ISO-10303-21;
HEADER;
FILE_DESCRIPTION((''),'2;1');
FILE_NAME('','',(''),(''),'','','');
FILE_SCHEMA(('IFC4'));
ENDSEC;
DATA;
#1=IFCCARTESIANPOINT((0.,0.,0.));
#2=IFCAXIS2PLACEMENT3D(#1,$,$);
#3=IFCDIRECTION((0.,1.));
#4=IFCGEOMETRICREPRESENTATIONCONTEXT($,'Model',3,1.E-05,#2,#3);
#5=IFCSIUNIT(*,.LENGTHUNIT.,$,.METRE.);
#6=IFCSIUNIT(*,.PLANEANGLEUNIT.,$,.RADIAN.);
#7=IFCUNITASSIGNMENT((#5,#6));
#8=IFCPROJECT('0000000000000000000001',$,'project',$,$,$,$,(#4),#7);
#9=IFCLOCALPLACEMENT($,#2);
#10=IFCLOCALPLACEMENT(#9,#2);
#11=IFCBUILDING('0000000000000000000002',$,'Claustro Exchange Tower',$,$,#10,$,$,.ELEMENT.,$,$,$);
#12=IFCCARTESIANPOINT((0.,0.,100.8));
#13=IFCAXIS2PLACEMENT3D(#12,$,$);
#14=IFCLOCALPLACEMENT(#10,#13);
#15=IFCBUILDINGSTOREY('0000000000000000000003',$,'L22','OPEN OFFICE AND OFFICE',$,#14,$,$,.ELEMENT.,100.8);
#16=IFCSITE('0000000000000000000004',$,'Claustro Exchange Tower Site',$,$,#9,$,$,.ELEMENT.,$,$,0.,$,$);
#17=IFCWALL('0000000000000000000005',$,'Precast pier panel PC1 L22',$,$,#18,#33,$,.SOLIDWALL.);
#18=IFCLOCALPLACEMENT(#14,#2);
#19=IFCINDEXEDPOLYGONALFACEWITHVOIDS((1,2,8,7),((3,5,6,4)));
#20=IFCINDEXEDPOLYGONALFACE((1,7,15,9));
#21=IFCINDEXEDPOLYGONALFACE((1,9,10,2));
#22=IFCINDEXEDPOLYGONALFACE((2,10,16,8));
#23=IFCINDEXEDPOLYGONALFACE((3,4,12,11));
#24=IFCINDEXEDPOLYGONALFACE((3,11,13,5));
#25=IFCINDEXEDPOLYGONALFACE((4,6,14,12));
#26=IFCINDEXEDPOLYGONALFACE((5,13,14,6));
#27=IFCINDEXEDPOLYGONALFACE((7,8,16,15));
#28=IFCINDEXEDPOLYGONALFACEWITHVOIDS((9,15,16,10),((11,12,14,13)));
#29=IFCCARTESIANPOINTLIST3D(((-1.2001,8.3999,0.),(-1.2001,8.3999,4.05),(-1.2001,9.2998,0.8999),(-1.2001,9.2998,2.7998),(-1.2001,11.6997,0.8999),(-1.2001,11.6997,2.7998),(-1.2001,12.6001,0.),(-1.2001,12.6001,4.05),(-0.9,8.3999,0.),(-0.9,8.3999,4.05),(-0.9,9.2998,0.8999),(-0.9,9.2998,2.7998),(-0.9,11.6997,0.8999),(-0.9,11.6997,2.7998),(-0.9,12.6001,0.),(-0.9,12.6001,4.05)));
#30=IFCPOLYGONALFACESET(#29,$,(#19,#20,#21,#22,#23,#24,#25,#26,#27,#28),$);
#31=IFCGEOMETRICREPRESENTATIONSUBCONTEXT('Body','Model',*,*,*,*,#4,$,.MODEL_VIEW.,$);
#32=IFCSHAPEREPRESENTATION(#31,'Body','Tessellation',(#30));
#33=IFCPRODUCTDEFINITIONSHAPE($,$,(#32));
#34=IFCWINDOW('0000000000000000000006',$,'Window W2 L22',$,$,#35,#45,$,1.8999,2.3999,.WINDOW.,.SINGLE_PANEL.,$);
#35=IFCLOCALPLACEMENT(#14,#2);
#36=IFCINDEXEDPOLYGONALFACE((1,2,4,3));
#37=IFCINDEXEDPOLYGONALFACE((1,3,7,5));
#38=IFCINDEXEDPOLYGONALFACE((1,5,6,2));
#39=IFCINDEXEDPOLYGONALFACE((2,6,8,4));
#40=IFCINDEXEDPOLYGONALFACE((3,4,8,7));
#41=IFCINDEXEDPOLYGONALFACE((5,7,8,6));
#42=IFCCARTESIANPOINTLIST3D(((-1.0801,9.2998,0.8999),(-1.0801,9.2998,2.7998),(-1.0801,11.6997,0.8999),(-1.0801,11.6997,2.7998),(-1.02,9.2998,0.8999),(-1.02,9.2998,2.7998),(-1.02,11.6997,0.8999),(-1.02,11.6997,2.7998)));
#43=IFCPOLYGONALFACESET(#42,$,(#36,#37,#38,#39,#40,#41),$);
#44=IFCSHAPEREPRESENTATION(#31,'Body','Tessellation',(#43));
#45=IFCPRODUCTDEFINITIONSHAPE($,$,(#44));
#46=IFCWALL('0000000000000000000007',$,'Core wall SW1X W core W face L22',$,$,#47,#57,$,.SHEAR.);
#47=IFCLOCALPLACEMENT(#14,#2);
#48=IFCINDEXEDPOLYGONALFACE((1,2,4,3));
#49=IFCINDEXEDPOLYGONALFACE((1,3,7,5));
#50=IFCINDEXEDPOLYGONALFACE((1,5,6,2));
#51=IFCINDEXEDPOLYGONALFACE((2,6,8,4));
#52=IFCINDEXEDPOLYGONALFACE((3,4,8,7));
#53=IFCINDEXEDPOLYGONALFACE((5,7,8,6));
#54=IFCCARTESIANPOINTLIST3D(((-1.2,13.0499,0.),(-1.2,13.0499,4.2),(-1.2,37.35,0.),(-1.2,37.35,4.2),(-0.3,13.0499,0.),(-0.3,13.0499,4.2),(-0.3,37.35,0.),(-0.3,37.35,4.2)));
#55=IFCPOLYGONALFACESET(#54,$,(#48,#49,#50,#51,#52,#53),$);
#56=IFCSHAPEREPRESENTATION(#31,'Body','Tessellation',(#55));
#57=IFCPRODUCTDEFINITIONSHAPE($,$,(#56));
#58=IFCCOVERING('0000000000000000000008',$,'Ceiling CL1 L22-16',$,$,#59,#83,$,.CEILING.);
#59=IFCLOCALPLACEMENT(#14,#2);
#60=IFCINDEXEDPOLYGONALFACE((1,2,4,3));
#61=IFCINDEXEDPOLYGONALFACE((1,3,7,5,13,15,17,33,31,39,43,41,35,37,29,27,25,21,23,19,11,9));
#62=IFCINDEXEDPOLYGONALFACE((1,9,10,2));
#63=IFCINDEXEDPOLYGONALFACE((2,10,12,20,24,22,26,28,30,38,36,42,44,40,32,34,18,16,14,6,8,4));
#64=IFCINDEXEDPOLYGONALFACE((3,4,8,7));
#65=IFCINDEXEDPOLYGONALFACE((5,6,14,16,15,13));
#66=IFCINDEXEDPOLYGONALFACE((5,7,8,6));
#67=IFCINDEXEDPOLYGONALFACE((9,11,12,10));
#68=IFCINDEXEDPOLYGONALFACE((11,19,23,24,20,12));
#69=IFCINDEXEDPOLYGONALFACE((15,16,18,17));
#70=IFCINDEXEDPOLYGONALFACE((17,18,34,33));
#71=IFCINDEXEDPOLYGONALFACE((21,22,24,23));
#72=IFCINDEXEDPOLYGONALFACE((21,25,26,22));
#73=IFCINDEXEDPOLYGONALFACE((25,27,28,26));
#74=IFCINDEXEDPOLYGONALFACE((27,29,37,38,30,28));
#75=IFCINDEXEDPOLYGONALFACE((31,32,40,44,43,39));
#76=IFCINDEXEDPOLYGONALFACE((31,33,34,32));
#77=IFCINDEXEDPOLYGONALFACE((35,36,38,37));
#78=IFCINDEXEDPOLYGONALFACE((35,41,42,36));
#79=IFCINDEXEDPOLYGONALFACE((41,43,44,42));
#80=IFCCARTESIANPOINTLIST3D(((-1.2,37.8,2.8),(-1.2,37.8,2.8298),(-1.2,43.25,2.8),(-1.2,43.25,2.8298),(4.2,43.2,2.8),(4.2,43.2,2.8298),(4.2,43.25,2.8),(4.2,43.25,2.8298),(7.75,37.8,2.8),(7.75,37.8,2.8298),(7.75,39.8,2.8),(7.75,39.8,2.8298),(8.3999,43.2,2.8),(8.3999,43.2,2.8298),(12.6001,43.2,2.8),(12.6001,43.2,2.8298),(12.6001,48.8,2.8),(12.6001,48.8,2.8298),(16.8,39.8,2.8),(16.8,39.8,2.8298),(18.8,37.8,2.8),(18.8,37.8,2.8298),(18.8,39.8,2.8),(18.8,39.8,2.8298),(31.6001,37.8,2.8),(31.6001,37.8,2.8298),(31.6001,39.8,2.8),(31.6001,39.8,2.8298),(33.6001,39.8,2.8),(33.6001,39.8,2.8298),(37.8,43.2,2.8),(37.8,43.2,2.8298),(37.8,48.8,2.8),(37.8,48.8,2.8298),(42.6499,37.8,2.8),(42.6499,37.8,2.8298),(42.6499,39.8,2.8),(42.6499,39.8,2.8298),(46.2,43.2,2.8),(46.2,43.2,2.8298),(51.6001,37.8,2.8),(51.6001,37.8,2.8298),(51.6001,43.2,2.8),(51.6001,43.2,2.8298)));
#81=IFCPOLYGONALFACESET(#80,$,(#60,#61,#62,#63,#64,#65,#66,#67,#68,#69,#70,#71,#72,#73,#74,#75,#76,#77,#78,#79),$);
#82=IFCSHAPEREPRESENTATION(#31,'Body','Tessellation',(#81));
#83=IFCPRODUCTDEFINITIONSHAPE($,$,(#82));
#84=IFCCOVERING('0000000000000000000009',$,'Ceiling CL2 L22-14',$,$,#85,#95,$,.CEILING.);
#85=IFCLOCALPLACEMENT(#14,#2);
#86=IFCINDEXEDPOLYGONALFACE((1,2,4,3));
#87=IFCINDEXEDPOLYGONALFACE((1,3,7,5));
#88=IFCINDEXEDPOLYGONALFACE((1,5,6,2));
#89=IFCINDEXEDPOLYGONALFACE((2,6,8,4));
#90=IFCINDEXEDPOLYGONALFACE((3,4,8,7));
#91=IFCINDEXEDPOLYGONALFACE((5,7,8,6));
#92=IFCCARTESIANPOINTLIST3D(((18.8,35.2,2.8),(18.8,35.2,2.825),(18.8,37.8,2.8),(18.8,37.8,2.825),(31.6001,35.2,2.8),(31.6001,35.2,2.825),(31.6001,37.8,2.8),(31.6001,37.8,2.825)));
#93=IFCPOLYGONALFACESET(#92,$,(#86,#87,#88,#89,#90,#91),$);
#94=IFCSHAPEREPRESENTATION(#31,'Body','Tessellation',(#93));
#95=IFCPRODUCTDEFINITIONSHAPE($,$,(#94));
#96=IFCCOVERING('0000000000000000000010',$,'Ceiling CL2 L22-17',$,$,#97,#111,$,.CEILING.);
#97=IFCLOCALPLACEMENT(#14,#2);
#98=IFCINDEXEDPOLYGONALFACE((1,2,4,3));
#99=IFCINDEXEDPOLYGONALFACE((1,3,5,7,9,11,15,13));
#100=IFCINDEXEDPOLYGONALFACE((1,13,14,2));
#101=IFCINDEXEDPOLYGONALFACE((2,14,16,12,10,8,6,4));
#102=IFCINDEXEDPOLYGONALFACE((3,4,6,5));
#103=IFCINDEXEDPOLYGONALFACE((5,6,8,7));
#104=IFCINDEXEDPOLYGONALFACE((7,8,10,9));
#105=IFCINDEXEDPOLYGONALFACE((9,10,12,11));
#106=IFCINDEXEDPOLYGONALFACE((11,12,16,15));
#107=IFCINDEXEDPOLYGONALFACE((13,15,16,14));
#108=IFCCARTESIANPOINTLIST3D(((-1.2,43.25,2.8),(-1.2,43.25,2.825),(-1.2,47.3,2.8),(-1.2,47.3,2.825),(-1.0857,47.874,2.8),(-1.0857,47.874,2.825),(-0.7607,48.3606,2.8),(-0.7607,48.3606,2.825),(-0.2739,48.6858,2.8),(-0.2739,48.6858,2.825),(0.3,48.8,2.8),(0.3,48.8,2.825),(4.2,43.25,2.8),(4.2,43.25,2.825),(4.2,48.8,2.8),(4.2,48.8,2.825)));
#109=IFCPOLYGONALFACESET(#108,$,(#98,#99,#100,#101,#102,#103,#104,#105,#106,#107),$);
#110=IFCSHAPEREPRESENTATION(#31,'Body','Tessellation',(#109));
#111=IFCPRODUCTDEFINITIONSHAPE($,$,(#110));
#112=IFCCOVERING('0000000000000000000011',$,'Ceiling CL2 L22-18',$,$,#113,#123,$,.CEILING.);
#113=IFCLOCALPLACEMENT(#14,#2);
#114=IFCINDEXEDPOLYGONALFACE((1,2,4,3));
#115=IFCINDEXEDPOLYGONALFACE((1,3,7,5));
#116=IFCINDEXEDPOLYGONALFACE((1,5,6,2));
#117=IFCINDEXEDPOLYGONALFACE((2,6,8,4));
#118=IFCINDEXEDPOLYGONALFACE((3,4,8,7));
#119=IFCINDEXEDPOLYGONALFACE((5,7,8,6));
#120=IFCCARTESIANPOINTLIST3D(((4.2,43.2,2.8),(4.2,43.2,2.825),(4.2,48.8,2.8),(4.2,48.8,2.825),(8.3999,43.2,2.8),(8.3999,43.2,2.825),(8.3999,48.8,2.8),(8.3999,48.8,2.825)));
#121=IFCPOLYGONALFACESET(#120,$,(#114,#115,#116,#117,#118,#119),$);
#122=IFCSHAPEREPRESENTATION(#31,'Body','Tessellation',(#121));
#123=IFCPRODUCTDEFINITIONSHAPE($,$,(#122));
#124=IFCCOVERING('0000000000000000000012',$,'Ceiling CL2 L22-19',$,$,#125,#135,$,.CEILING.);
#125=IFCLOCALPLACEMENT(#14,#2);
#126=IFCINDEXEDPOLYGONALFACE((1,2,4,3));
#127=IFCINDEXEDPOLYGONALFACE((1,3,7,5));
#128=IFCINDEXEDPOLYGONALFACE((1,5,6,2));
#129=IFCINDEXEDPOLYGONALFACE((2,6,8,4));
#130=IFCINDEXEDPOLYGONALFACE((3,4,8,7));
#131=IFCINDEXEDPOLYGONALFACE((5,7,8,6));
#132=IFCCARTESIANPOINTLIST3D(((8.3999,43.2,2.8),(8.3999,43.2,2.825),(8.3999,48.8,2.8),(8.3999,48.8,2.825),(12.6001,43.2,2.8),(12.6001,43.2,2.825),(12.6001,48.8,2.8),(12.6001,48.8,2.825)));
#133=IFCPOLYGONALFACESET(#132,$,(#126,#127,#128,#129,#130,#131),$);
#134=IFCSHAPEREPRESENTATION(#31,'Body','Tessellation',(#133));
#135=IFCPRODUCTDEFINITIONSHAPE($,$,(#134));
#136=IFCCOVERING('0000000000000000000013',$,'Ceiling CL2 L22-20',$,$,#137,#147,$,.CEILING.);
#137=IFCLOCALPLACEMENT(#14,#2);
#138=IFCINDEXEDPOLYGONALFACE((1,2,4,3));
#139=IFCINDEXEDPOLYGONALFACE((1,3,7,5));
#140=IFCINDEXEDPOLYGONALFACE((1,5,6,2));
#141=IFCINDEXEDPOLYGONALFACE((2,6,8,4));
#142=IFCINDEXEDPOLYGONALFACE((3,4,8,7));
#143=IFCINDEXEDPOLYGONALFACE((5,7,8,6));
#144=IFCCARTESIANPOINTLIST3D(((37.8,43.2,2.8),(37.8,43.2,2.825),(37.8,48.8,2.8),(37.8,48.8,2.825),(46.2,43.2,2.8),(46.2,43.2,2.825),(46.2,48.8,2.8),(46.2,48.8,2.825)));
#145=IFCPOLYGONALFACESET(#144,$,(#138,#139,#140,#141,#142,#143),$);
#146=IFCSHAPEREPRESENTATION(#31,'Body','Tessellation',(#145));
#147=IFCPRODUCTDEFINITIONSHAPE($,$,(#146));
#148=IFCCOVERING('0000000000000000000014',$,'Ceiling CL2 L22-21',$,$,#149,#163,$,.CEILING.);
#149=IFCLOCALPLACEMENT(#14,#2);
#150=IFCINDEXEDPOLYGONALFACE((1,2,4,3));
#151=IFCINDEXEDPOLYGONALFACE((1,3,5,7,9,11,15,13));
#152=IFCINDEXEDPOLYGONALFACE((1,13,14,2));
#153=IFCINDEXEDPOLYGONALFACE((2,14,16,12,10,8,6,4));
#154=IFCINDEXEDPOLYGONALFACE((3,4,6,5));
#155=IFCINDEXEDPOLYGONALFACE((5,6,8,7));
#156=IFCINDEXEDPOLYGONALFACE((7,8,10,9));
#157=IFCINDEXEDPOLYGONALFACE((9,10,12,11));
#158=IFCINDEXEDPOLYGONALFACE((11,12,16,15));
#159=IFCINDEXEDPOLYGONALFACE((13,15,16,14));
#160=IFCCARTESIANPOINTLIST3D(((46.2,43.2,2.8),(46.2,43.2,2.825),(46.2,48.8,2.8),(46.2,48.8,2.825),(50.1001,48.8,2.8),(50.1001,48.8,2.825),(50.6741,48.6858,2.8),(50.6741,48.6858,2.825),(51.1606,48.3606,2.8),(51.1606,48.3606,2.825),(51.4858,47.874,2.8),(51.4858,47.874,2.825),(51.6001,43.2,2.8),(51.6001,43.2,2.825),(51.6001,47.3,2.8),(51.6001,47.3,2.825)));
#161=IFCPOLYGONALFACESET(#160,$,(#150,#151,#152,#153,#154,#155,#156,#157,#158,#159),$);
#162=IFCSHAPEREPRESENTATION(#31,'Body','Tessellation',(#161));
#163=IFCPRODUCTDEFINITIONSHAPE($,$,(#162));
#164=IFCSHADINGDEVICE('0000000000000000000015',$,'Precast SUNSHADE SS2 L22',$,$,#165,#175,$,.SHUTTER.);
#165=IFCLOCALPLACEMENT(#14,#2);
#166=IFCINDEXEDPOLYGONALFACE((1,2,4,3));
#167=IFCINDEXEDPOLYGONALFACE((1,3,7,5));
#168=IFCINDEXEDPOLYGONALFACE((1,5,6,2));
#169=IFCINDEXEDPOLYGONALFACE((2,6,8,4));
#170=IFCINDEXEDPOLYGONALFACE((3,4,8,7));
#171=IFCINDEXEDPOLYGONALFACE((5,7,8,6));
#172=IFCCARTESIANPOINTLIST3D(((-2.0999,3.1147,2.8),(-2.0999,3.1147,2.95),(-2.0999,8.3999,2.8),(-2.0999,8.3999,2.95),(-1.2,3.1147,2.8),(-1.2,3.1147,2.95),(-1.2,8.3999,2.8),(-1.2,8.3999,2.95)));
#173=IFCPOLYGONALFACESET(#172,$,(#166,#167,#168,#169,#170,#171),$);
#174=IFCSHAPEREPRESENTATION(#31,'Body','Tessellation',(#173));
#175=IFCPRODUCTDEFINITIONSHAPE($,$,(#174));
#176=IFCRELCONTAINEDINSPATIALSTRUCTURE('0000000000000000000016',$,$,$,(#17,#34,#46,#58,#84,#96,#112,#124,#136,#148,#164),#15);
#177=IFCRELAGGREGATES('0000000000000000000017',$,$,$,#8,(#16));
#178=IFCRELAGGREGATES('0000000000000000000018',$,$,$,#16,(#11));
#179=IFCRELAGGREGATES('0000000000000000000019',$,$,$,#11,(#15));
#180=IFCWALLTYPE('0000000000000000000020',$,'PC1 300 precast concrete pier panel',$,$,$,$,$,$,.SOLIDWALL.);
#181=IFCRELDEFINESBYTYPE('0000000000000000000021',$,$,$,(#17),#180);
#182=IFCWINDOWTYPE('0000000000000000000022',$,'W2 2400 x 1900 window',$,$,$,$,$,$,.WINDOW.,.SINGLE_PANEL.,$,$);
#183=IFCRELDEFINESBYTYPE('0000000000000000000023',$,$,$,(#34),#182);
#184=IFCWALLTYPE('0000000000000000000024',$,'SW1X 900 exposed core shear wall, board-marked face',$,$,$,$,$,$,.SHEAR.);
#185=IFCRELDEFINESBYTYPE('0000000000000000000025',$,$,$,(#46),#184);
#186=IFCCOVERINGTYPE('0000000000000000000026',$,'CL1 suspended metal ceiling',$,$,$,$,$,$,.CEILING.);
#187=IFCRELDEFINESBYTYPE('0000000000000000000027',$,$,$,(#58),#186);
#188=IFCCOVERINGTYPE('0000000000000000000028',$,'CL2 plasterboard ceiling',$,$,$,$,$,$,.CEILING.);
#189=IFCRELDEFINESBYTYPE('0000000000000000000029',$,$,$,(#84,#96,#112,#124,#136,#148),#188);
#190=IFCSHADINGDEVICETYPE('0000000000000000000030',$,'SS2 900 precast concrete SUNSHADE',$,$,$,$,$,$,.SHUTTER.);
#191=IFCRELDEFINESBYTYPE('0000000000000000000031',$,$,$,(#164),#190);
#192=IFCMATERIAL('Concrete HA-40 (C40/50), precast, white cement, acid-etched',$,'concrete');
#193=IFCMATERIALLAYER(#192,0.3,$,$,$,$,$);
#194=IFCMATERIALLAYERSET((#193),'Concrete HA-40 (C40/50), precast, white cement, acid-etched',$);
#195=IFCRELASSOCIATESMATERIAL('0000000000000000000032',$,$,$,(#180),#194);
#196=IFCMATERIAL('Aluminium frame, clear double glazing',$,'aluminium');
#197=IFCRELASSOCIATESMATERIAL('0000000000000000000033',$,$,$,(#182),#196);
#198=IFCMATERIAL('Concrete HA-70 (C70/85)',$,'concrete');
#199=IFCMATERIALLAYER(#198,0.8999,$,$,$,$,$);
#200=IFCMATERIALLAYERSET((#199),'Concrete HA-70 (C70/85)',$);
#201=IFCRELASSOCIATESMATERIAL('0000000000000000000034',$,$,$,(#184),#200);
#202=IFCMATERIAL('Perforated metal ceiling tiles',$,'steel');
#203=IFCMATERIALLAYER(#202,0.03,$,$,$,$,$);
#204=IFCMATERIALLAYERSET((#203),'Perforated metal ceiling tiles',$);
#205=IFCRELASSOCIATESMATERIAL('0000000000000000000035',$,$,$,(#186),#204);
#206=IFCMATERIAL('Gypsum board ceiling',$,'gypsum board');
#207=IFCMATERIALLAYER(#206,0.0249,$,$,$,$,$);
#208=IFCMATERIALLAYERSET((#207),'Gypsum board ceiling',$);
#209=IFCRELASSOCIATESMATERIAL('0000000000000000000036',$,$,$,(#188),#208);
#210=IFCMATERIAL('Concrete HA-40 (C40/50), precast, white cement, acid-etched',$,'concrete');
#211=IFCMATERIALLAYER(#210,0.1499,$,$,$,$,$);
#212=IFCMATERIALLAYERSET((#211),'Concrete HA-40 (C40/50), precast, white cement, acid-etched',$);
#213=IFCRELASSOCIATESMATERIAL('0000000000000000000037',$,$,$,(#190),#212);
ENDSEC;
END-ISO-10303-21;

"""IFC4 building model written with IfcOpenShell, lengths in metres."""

from ifc_helpers import new_model, si_unit, direction, frame, frame_2d, origin, origin_2d, place, context, subcontext, project, spatial, polyline, rectangle, outline, extrude, material, layer, layer_set, type_object, element, fill, save


model = new_model("IFC4")

# Units and contexts
model_context = context("Model", 3, precision=1e-05, world=origin(), true_north=direction((0.0, 1.0)))
body_context = subcontext(model_context, "Body", "Model", "MODEL_VIEW")
ifc_project = project(units=[si_unit("LENGTHUNIT", "METRE"), si_unit("PLANEANGLEUNIT", "RADIAN")], contexts=[model_context])

# Site, building, storey
site_placement = place(None, origin())
site = spatial("IfcSite", under=ifc_project, at=site_placement, Name="Claustro Exchange Tower Site", CompositionType="ELEMENT", RefElevation=0.0)
building_placement = place(site_placement, origin())
building = spatial("IfcBuilding", under=site, at=building_placement, Name="Claustro Exchange Tower", CompositionType="ELEMENT")
storey_placement = place(building_placement, frame((0.0, 0.0, 100.8)))
storey = spatial("IfcBuildingStorey", under=building, at=storey_placement, Name="L22", Description="OPEN OFFICE AND OFFICE", CompositionType="ELEMENT", Elevation=100.8)

# Shared definitions
ifc_material_1 = material(Name="Concrete HA-40 (C40/50), precast, white cement, acid-etched", Category="concrete")
ifc_layer_1 = layer(ifc_material_1, 0.3)
ifc_layer_set_1 = layer_set([ifc_layer_1], Name="Concrete HA-40 (C40/50), precast, white cement, acid-etched")
wall_type_1 = type_object("IfcWallType", Name="PC1 300 precast concrete pier panel", PredefinedType="SOLIDWALL", material=ifc_layer_set_1)

# Wall, opening, window
ifc_material_2 = material(Name="Aluminium frame, clear double glazing", Category="aluminium")
window_type = type_object("IfcWindowType", Name="W2 2400 x 1900 window", PartitioningType="SINGLE_PANEL", PredefinedType="WINDOW", material=ifc_material_2)
wall_1_placement = place(storey_placement, frame((-1.05, 8.3999, 0.0), z_axis=(0.0, 0.0, 1.0), x_axis=(0.0, 1.0, 0.0)))
wall_1 = element("IfcWall", 1, at=wall_1_placement, inside=storey, type_object=wall_type_1, Name="Precast pier panel PC1 L22", PredefinedType="SOLIDWALL", context=body_context, shape_type="SweptSolid", body=[
    extrude(rectangle(XDim=4.2002, YDim=0.3, at=frame_2d((2.1001, 0.0))), origin(), (0.0, 0.0, 1.0), 4.05),
])
opening_1_placement = place(wall_1_placement, frame((0.8999, 0.0, 0.8999)))
opening_1 = element("IfcOpeningElement", 2, at=opening_1_placement, cuts=wall_1, PredefinedType="OPENING", context=body_context, shape_type="SweptSolid", body=[
    extrude(rectangle(XDim=2.3999, YDim=1.8999, at=frame_2d((1.2, 0.95))), frame((0.0, 0.1599, 0.0), z_axis=(0.0, -1.0, 0.0), x_axis=(1.0, 0.0, 0.0)), (0.0, 0.0, 1.0), 0.3201),
])
window_1_placement = place(opening_1_placement, origin())
window_1 = element("IfcWindow", 3, at=window_1_placement, inside=storey, type_object=window_type, Name="Window W2 L22", OverallHeight=1.8999, OverallWidth=2.3999, PartitioningType="SINGLE_PANEL", PredefinedType="WINDOW", context=body_context, shape_type="SweptSolid", body=[
    extrude(rectangle(XDim=2.3999, YDim=1.8999, at=frame_2d((1.2, 0.95))), frame((0.0, 0.03, 0.0), z_axis=(0.0, -1.0, 0.0), x_axis=(1.0, 0.0, 0.0)), (0.0, 0.0, 1.0), 0.0601),
])
fill(opening_1, window_1)

# Wall
ifc_material_3 = material(Name="Concrete HA-70 (C70/85)", Category="concrete")
ifc_layer_2 = layer(ifc_material_3, 0.8999)
ifc_layer_set_2 = layer_set([ifc_layer_2], Name="Concrete HA-70 (C70/85)")
wall_type_2 = type_object("IfcWallType", Name="SW1X 900 exposed core shear wall, board-marked face", PredefinedType="SHEAR", material=ifc_layer_set_2)
wall_2_placement = place(storey_placement, frame((-0.75, 13.05, 0.0), z_axis=(0.0, 0.0, 1.0), x_axis=(0.0, 1.0, 0.0)))
element("IfcWall", 4, at=wall_2_placement, inside=storey, type_object=wall_type_2, Name="Core wall SW1X W core W face L22", PredefinedType="SHEAR", context=body_context, shape_type="SweptSolid", body=[
    extrude(rectangle(XDim=24.3, YDim=0.8999, at=frame_2d((12.1499, 0.0))), origin(), (0.0, 0.0, 1.0), 4.2),
])

# Coverings
ifc_material_4 = material(Name="Perforated metal ceiling tiles", Category="steel")
ifc_layer_3 = layer(ifc_material_4, 0.03)
ifc_layer_set_3 = layer_set([ifc_layer_3], Name="Perforated metal ceiling tiles")
covering_type_1 = type_object("IfcCoveringType", Name="CL1 suspended metal ceiling", PredefinedType="CEILING", material=ifc_layer_set_3)
covering_1_placement = place(storey_placement, frame((0.0, 0.0, 2.8)))
element("IfcCovering", 5, at=covering_1_placement, inside=storey, type_object=covering_type_1, Name="Ceiling CL1 L22-16", PredefinedType="CEILING", context=body_context, shape_type="SweptSolid", body=[
    extrude(outline(polyline([(-1.2, 43.25), (-1.2, 37.8), (7.75, 37.8), (7.75, 39.8), (16.8, 39.8), (18.8, 39.8), (18.8, 37.8), (31.6001, 37.8), (31.6001, 39.8), (33.6001, 39.8), (42.6499, 39.8), (42.6499, 37.8), (51.6001, 37.8), (51.6001, 43.2), (46.2, 43.2), (37.8, 43.2), (37.8, 48.8), (12.6001, 48.8), (12.6001, 43.2), (8.3999, 43.2), (4.2, 43.2), (4.2, 43.25), (-1.2, 43.25)])), origin(), (0.0, 0.0, 1.0), 0.0298),
])
ifc_material_5 = material(Name="Gypsum board ceiling", Category="gypsum board")
ifc_layer_4 = layer(ifc_material_5, 0.0249)
ifc_layer_set_4 = layer_set([ifc_layer_4], Name="Gypsum board ceiling")
covering_type_2 = type_object("IfcCoveringType", Name="CL2 plasterboard ceiling", PredefinedType="CEILING", material=ifc_layer_set_4)
covering_2_placement = place(storey_placement, frame((0.0, 0.0, 2.8)))
element("IfcCovering", 6, at=covering_2_placement, inside=storey, type_object=covering_type_2, Name="Ceiling CL2 L22-14", PredefinedType="CEILING", context=body_context, shape_type="SweptSolid", body=[
    extrude(outline(polyline([(18.8, 35.2), (31.6001, 35.2), (31.6001, 37.8), (18.8, 37.8), (18.8, 35.2)])), origin(), (0.0, 0.0, 1.0), 0.0249),
])
covering_3_placement = place(storey_placement, frame((0.0, 0.0, 2.8)))
element("IfcCovering", 7, at=covering_3_placement, inside=storey, type_object=covering_type_2, Name="Ceiling CL2 L22-17", PredefinedType="CEILING", context=body_context, shape_type="SweptSolid", body=[
    extrude(outline(polyline([(-1.2, 47.3), (-1.2, 43.25), (4.2, 43.25), (4.2, 48.8), (0.3, 48.8), (-0.2739, 48.6858), (-0.7607, 48.3606), (-1.0857, 47.874), (-1.2, 47.3)])), origin(), (0.0, 0.0, 1.0), 0.0249),
])
covering_4_placement = place(storey_placement, frame((0.0, 0.0, 2.8)))
element("IfcCovering", 8, at=covering_4_placement, inside=storey, type_object=covering_type_2, Name="Ceiling CL2 L22-18", PredefinedType="CEILING", context=body_context, shape_type="SweptSolid", body=[
    extrude(outline(polyline([(8.3999, 48.8), (4.2, 48.8), (4.2, 43.2), (8.3999, 43.2), (8.3999, 48.8)])), origin(), (0.0, 0.0, 1.0), 0.0249),
])
covering_5_placement = place(storey_placement, frame((0.0, 0.0, 2.8)))
element("IfcCovering", 9, at=covering_5_placement, inside=storey, type_object=covering_type_2, Name="Ceiling CL2 L22-19", PredefinedType="CEILING", context=body_context, shape_type="SweptSolid", body=[
    extrude(outline(polyline([(12.6001, 48.8), (8.3999, 48.8), (8.3999, 43.2), (12.6001, 43.2), (12.6001, 48.8)])), origin(), (0.0, 0.0, 1.0), 0.0249),
])
covering_6_placement = place(storey_placement, frame((0.0, 0.0, 2.8)))
element("IfcCovering", 10, at=covering_6_placement, inside=storey, type_object=covering_type_2, Name="Ceiling CL2 L22-20", PredefinedType="CEILING", context=body_context, shape_type="SweptSolid", body=[
    extrude(outline(polyline([(46.2, 48.8), (37.8, 48.8), (37.8, 43.2), (46.2, 43.2), (46.2, 48.8)])), origin(), (0.0, 0.0, 1.0), 0.0249),
])
covering_7_placement = place(storey_placement, frame((0.0, 0.0, 2.8)))
element("IfcCovering", 11, at=covering_7_placement, inside=storey, type_object=covering_type_2, Name="Ceiling CL2 L22-21", PredefinedType="CEILING", context=body_context, shape_type="SweptSolid", body=[
    extrude(outline(polyline([(50.1001, 48.8), (46.2, 48.8), (46.2, 43.2), (51.6001, 43.2), (51.6001, 47.3), (51.4858, 47.874), (51.1606, 48.3606), (50.6741, 48.6858), (50.1001, 48.8)])), origin(), (0.0, 0.0, 1.0), 0.0249),
])

# Shading device
ifc_material_6 = material(Name="Concrete HA-40 (C40/50), precast, white cement, acid-etched", Category="concrete")
ifc_layer_5 = layer(ifc_material_6, 0.1499)
ifc_layer_set_5 = layer_set([ifc_layer_5], Name="Concrete HA-40 (C40/50), precast, white cement, acid-etched")
shading_device_type = type_object("IfcShadingDeviceType", Name="SS2 900 precast concrete SUNSHADE", PredefinedType="SHUTTER", material=ifc_layer_set_5)
shading_device_1_placement = place(storey_placement, frame((-1.6499, 5.7573, 2.8), z_axis=(0.0, 0.0, 1.0), x_axis=(0.0, 1.0, 0.0)))
element("IfcShadingDevice", 12, at=shading_device_1_placement, inside=storey, type_object=shading_device_type, Name="Precast SUNSHADE SS2 L22", PredefinedType="SHUTTER", context=body_context, shape_type="SweptSolid", body=[
    extrude(rectangle(XDim=5.2852, YDim=0.8999, at=origin_2d()), origin(), (0.0, 0.0, 1.0), 0.1499),
])

save(model, "model.ifc")
